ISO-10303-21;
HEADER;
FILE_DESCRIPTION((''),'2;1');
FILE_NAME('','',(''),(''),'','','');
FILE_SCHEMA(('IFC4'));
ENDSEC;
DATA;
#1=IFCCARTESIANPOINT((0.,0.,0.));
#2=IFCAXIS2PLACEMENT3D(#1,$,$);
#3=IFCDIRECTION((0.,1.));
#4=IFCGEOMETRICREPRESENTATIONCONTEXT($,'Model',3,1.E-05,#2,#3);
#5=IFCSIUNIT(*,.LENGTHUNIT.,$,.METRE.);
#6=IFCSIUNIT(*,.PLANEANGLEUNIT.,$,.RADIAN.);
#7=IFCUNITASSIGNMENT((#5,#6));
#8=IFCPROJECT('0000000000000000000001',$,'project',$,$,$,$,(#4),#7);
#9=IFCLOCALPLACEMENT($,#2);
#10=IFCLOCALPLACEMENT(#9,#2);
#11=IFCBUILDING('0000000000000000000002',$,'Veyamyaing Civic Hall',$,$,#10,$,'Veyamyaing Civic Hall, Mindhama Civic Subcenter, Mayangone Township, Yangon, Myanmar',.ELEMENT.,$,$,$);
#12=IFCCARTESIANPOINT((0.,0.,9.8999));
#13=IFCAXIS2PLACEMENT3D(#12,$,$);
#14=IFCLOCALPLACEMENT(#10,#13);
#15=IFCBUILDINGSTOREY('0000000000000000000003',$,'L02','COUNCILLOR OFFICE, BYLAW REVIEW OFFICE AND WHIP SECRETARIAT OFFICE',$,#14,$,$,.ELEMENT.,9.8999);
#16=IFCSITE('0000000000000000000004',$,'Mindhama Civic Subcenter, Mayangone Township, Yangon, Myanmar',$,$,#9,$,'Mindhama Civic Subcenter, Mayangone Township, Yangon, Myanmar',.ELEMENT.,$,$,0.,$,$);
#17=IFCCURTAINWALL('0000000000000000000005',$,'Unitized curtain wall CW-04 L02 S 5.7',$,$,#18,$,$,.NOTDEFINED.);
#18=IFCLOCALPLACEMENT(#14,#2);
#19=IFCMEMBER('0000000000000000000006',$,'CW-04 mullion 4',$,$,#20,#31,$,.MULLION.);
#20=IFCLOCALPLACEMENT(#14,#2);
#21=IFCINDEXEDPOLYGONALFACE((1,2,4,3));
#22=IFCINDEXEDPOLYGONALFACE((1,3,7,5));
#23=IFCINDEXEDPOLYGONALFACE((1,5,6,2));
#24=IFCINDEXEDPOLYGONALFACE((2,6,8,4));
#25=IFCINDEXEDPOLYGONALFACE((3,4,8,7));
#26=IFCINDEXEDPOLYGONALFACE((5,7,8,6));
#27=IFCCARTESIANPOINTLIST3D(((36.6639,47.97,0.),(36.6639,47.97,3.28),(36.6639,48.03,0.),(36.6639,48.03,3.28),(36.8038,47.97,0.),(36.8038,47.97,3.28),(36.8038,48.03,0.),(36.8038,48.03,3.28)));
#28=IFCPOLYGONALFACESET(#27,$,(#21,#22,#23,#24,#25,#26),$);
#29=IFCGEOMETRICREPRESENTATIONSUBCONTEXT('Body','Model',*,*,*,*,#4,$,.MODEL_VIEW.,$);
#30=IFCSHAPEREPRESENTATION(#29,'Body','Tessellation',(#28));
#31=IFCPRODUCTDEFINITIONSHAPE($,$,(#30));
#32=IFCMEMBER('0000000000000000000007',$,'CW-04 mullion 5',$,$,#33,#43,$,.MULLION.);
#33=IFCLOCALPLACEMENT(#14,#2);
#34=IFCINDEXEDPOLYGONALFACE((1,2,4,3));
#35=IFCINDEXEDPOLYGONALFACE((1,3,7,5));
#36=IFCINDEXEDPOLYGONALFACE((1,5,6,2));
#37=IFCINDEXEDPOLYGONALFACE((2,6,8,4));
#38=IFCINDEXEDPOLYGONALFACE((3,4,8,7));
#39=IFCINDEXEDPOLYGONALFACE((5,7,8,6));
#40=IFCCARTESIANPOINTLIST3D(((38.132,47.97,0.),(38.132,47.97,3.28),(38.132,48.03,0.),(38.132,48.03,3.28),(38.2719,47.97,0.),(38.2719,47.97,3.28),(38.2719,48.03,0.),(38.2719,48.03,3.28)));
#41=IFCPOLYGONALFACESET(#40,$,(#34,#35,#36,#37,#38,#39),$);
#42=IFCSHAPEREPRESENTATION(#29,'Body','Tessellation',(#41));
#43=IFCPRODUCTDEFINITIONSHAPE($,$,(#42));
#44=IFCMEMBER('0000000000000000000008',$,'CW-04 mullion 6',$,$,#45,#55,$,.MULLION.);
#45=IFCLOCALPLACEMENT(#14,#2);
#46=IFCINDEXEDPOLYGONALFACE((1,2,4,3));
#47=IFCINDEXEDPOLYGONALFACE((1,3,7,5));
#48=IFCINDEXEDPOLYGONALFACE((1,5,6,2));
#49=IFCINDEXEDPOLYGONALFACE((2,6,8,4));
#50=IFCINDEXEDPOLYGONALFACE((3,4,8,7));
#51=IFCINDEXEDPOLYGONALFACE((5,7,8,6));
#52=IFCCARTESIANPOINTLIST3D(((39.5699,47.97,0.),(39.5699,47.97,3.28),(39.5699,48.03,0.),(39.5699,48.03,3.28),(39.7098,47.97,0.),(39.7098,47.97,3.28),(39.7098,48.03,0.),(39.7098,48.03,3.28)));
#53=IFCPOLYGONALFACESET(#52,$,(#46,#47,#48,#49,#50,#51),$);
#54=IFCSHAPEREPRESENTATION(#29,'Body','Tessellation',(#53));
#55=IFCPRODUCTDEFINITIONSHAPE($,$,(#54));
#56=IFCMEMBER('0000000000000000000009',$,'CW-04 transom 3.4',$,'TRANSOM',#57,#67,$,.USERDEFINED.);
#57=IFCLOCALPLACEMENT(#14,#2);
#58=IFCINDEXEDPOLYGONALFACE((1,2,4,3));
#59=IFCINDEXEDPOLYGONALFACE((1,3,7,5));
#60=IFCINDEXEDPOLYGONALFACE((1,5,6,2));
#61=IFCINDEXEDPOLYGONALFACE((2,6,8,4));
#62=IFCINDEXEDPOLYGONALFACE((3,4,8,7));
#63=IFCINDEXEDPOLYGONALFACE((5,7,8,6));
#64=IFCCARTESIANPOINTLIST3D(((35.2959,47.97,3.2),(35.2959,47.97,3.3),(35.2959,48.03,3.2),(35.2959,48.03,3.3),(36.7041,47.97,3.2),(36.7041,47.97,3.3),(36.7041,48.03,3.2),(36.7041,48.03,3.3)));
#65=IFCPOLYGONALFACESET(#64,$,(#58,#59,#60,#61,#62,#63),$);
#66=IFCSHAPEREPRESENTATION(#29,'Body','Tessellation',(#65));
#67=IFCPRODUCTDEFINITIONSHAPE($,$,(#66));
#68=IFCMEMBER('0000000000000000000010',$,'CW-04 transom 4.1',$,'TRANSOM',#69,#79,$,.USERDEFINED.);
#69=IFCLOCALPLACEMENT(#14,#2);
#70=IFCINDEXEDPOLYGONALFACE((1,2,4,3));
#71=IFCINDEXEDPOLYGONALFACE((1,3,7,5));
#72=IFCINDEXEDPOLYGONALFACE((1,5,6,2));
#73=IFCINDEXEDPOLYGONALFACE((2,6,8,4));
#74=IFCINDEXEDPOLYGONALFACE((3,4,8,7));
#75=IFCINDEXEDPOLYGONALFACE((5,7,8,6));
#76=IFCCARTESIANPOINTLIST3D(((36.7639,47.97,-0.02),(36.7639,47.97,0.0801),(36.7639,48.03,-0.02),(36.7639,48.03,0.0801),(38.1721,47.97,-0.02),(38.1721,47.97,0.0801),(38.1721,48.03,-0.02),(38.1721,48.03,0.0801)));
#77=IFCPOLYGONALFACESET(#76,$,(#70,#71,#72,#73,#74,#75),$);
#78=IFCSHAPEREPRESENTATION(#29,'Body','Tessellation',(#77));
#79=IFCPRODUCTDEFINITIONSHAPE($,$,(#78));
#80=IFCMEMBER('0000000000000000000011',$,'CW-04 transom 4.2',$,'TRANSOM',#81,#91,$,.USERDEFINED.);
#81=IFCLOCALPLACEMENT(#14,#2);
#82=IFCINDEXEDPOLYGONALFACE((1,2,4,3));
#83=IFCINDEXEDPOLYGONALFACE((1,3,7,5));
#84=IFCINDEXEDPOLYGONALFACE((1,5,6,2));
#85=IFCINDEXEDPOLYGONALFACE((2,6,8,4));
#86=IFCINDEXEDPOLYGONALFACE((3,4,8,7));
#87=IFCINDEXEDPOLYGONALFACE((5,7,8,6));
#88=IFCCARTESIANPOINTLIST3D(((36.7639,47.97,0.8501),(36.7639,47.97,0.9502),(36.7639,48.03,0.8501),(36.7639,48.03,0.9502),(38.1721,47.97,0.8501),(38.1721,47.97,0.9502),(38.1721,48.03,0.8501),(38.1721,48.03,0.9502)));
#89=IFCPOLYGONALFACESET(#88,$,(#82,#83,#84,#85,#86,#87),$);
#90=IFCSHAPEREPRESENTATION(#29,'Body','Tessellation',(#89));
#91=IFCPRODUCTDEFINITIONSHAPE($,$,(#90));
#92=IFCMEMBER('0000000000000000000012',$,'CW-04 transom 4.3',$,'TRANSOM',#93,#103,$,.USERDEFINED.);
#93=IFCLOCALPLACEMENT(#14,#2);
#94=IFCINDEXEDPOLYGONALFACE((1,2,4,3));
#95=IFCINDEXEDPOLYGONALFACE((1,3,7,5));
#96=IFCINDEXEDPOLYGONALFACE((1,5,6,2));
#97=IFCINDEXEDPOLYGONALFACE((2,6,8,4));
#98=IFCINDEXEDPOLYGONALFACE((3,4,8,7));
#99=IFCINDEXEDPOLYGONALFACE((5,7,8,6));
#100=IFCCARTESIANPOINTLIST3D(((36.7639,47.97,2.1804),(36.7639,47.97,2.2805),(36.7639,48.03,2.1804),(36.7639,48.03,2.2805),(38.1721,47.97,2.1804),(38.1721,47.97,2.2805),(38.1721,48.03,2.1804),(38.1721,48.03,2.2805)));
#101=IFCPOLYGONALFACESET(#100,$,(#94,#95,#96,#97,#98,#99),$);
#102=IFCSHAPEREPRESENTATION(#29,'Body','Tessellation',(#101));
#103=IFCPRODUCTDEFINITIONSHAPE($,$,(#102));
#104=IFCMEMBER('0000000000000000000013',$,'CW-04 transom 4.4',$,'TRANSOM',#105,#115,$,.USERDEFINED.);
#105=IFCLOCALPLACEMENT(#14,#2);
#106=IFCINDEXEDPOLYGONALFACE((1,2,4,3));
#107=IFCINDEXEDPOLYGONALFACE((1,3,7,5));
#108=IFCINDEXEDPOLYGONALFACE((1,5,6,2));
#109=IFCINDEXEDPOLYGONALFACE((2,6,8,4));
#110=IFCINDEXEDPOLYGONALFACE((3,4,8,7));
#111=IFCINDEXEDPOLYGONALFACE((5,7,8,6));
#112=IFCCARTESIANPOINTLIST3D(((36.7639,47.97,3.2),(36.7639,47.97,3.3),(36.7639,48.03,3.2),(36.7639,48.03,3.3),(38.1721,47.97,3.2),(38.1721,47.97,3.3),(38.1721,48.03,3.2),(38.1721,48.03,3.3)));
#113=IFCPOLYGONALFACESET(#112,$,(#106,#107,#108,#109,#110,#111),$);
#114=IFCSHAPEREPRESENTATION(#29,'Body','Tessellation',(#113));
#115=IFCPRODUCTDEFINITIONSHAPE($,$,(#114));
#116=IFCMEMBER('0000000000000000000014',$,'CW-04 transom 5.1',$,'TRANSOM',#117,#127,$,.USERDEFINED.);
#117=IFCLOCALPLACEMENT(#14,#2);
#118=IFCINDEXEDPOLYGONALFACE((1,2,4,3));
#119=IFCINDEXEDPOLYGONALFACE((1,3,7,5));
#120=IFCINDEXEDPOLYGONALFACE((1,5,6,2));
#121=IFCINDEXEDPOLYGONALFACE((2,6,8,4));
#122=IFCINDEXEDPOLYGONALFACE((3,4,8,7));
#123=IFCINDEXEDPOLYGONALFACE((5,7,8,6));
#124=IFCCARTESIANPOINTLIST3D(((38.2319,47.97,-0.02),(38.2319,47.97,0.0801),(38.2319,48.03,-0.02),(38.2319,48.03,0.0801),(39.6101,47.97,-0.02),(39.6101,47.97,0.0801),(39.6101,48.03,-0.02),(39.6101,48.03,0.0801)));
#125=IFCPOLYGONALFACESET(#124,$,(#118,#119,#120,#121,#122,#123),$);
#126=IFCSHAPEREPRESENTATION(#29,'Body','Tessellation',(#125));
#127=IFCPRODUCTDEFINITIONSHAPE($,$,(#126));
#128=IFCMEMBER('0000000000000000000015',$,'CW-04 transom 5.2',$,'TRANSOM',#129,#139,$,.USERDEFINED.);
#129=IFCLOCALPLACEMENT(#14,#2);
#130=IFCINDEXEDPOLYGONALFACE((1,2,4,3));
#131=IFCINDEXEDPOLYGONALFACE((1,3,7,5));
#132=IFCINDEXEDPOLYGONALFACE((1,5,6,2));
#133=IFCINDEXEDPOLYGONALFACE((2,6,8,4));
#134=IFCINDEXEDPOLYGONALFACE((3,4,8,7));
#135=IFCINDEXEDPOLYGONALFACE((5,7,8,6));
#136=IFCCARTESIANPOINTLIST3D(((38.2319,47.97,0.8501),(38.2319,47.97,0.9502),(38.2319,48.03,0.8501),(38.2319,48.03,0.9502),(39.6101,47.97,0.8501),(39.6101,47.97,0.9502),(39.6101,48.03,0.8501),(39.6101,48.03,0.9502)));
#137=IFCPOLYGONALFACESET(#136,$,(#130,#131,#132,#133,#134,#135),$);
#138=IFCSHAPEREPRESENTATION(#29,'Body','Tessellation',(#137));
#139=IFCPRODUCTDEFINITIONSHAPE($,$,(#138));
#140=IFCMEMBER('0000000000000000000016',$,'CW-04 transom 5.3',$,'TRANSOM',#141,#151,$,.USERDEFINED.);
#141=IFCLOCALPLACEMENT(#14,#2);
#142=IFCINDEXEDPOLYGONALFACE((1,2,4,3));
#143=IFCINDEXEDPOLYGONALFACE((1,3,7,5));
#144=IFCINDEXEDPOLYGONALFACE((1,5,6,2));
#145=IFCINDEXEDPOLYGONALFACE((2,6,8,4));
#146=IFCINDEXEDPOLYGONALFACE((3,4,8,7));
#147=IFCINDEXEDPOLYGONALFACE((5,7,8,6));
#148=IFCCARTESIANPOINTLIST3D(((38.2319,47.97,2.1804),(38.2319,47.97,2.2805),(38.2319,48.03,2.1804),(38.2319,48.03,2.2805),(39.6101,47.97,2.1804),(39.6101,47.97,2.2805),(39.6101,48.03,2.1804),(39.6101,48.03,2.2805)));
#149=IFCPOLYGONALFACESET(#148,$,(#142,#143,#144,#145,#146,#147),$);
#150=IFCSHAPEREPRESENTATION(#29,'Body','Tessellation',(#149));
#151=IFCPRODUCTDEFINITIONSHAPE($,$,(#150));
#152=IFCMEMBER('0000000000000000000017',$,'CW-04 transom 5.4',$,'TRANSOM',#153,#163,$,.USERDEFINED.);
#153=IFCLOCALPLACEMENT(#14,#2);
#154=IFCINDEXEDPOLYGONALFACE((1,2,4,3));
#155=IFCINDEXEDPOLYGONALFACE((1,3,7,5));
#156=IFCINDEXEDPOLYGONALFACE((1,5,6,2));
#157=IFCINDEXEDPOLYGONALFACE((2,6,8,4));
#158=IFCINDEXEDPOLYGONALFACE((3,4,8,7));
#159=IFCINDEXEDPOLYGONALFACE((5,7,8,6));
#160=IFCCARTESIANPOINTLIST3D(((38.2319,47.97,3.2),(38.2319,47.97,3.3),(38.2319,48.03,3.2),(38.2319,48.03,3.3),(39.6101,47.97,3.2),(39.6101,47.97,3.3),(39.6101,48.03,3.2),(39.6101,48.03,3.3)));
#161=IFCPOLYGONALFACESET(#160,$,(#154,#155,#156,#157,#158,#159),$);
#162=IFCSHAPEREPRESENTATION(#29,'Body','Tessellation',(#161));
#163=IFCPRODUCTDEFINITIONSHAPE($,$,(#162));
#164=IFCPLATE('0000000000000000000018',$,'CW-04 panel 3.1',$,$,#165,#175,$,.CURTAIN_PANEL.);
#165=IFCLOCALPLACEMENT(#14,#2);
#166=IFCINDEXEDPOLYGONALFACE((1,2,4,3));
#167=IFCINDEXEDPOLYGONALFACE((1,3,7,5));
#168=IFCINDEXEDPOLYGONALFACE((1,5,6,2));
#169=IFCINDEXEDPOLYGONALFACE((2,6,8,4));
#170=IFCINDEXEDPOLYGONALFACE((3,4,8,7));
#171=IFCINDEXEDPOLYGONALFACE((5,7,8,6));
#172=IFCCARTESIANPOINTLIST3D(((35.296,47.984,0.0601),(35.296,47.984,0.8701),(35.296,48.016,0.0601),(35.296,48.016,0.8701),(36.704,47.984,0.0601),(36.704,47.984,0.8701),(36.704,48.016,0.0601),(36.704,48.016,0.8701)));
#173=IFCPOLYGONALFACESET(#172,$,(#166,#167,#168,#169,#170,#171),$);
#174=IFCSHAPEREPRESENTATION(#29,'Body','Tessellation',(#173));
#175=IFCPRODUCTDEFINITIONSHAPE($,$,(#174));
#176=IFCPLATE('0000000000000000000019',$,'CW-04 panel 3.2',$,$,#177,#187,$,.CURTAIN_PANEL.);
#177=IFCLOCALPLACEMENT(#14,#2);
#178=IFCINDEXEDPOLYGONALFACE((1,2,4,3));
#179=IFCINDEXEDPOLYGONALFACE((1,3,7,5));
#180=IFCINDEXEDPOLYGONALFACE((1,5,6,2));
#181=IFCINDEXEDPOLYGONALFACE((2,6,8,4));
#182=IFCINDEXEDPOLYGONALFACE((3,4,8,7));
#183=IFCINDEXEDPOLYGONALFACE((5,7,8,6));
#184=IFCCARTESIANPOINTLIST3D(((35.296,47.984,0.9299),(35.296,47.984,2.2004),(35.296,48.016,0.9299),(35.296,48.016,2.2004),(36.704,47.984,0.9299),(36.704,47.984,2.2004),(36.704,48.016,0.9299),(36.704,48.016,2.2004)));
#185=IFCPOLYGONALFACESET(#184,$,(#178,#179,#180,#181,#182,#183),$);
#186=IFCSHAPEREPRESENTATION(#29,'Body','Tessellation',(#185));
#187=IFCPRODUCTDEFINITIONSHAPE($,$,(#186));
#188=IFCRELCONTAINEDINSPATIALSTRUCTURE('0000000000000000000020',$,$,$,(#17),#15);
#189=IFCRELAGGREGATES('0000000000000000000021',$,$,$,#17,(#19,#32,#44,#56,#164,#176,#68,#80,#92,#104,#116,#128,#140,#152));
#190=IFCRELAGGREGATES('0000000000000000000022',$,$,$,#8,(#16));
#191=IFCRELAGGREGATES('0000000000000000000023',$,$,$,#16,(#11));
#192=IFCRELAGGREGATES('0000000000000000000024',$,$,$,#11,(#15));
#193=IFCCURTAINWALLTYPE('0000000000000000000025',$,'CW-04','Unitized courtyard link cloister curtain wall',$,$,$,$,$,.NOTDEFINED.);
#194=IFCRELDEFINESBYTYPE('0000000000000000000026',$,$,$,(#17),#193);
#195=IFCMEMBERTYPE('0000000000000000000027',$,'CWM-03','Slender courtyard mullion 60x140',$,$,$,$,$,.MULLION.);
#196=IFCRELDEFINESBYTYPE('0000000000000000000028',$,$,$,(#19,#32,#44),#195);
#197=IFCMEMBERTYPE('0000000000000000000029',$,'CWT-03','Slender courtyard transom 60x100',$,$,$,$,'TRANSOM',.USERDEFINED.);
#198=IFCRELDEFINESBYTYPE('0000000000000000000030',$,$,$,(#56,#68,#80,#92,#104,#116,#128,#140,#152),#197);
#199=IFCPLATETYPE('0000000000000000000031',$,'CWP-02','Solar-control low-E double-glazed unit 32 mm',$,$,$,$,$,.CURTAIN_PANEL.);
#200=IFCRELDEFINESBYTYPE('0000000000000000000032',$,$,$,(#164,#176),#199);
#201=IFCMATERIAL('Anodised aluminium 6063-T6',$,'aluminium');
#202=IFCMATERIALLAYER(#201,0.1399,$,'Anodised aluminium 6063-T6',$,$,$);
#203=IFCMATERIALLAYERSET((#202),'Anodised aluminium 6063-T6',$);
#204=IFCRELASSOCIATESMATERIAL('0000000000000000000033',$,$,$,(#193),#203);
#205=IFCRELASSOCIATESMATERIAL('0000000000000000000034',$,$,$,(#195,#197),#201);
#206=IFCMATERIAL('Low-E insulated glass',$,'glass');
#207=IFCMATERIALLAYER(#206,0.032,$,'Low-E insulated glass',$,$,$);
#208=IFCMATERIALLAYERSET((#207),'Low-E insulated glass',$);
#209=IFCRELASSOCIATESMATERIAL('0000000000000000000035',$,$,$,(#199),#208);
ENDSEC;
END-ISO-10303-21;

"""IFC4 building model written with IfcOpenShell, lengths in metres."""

from ifc_helpers import new_model, si_unit, direction, frame, origin, origin_2d, place, context, subcontext, project, spatial, rectangle, extrude, material, layer, layer_set, material_profile, profile_set, type_object, element, aggregate, save


model = new_model("IFC4")

# Units and contexts
model_context = context("Model", 3, precision=1e-05, world=origin(), true_north=direction((0.0, 1.0)))
body_context = subcontext(model_context, "Body", "Model", "MODEL_VIEW")
ifc_project = project(units=[si_unit("LENGTHUNIT", "METRE"), si_unit("PLANEANGLEUNIT", "RADIAN")], contexts=[model_context])

# Site, building, storey
site_placement = place(None, origin())
site = spatial("IfcSite", under=ifc_project, at=site_placement, Name="Mindhama Civic Subcenter, Mayangone Township, Yangon, Myanmar", LongName="Mindhama Civic Subcenter, Mayangone Township, Yangon, Myanmar", CompositionType="ELEMENT", RefElevation=0.0)
building_placement = place(site_placement, origin())
building = spatial("IfcBuilding", under=site, at=building_placement, Name="Veyamyaing Civic Hall", LongName="Veyamyaing Civic Hall, Mindhama Civic Subcenter, Mayangone Township, Yangon, Myanmar", CompositionType="ELEMENT")
storey_placement = place(building_placement, frame((0.0, 0.0, 9.8999)))
storey = spatial("IfcBuildingStorey", under=building, at=storey_placement, Name="L02", Description="COUNCILLOR OFFICE, BYLAW REVIEW OFFICE AND WHIP SECRETARIAT OFFICE", CompositionType="ELEMENT", Elevation=9.8999)

# Curtain wall, members, plates
ifc_material_1 = material(Name="Anodised aluminium 6063-T6", Category="aluminium")
ifc_layer_1 = layer(ifc_material_1, 0.1399, Name="Anodised aluminium 6063-T6")
ifc_layer_set_1 = layer_set([ifc_layer_1], Name="Anodised aluminium 6063-T6")
curtain_wall_type = type_object("IfcCurtainWallType", Name="CW-04", Description="Unitized courtyard link cloister curtain wall", PredefinedType="NOTDEFINED", material=ifc_layer_set_1)
curtain_wall_placement = place(storey_placement, origin())
curtain_wall = element("IfcCurtainWall", 1, at=curtain_wall_placement, inside=storey, type_object=curtain_wall_type, Name="Unitized curtain wall CW-04 L02 S 5.7", PredefinedType="NOTDEFINED")
ifc_material_profile_1 = material_profile(ifc_material_1, rectangle(XDim=0.0601, YDim=0.1399, at=origin_2d()), Name="ALU-MUL-60X140")
ifc_profile_set_1 = profile_set([ifc_material_profile_1], Name="Anodised aluminium 6063-T6")
member_type_1 = type_object("IfcMemberType", Name="CWM-03", Description="Slender courtyard mullion 60x140", PredefinedType="MULLION", material=ifc_profile_set_1)
member_1_placement = place(storey_placement, frame((36.7339, 48.0, 0.0), z_axis=(0.0, 0.0, 1.0), x_axis=(0.0, 1.0, 0.0)))
member_1 = element("IfcMember", 2, at=member_1_placement, type_object=member_type_1, Name="CW-04 mullion 4", PredefinedType="MULLION", context=body_context, shape_type="SweptSolid", body=[
    extrude(rectangle(XDim=0.0601, YDim=0.1399, at=origin_2d()), origin(), (0.0, 0.0, 1.0), 3.28),
])
member_2_placement = place(storey_placement, frame((38.2019, 48.0, 0.0), z_axis=(0.0, 0.0, 1.0), x_axis=(0.0, 1.0, 0.0)))
member_2 = element("IfcMember", 3, at=member_2_placement, type_object=member_type_1, Name="CW-04 mullion 5", PredefinedType="MULLION", context=body_context, shape_type="SweptSolid", body=[
    extrude(rectangle(XDim=0.0601, YDim=0.1399, at=origin_2d()), origin(), (0.0, 0.0, 1.0), 3.28),
])
member_3_placement = place(storey_placement, frame((39.6399, 48.0, 0.0), z_axis=(0.0, 0.0, 1.0), x_axis=(0.0, 1.0, 0.0)))
member_3 = element("IfcMember", 4, at=member_3_placement, type_object=member_type_1, Name="CW-04 mullion 6", PredefinedType="MULLION", context=body_context, shape_type="SweptSolid", body=[
    extrude(rectangle(XDim=0.0601, YDim=0.1399, at=origin_2d()), origin(), (0.0, 0.0, 1.0), 3.28),
])
ifc_material_profile_2 = material_profile(ifc_material_1, rectangle(XDim=0.0601, YDim=0.1001, at=origin_2d()), Name="ALU-TRN-60X100")
ifc_profile_set_2 = profile_set([ifc_material_profile_2], Name="Anodised aluminium 6063-T6")
member_type_2 = type_object("IfcMemberType", Name="CWT-03", Description="Slender courtyard transom 60x100", ElementType="TRANSOM", PredefinedType="USERDEFINED", material=ifc_profile_set_2)
member_4_placement = place(storey_placement, frame((35.2959, 48.0, 3.25), z_axis=(1.0, 0.0, 0.0), x_axis=(0.0, 1.0, 0.0)))
member_4 = element("IfcMember", 5, at=member_4_placement, type_object=member_type_2, Name="CW-04 transom 3.4", ObjectType="TRANSOM", PredefinedType="USERDEFINED", context=body_context, shape_type="SweptSolid", body=[
    extrude(rectangle(XDim=0.0601, YDim=0.1001, at=origin_2d()), origin(), (0.0, 0.0, 1.0), 1.4082),
])
member_5_placement = place(storey_placement, frame((36.7639, 48.0, 0.03), z_axis=(1.0, 0.0, 0.0), x_axis=(0.0, 1.0, 0.0)))
member_5 = element("IfcMember", 6, at=member_5_placement, type_object=member_type_2, Name="CW-04 transom 4.1", ObjectType="TRANSOM", PredefinedType="USERDEFINED", context=body_context, shape_type="SweptSolid", body=[
    extrude(rectangle(XDim=0.0601, YDim=0.1001, at=origin_2d()), origin(), (0.0, 0.0, 1.0), 1.4082),
])
member_6_placement = place(storey_placement, frame((36.7639, 48.0, 0.9001), z_axis=(1.0, 0.0, 0.0), x_axis=(0.0, 1.0, 0.0)))
member_6 = element("IfcMember", 7, at=member_6_placement, type_object=member_type_2, Name="CW-04 transom 4.2", ObjectType="TRANSOM", PredefinedType="USERDEFINED", context=body_context, shape_type="SweptSolid", body=[
    extrude(rectangle(XDim=0.0601, YDim=0.1001, at=origin_2d()), origin(), (0.0, 0.0, 1.0), 1.4082),
])
member_7_placement = place(storey_placement, frame((36.7639, 48.0, 2.2305), z_axis=(1.0, 0.0, 0.0), x_axis=(0.0, 1.0, 0.0)))
member_7 = element("IfcMember", 8, at=member_7_placement, type_object=member_type_2, Name="CW-04 transom 4.3", ObjectType="TRANSOM", PredefinedType="USERDEFINED", context=body_context, shape_type="SweptSolid", body=[
    extrude(rectangle(XDim=0.0601, YDim=0.1001, at=origin_2d()), origin(), (0.0, 0.0, 1.0), 1.4082),
])
member_8_placement = place(storey_placement, frame((36.7639, 48.0, 3.25), z_axis=(1.0, 0.0, 0.0), x_axis=(0.0, 1.0, 0.0)))
member_8 = element("IfcMember", 9, at=member_8_placement, type_object=member_type_2, Name="CW-04 transom 4.4", ObjectType="TRANSOM", PredefinedType="USERDEFINED", context=body_context, shape_type="SweptSolid", body=[
    extrude(rectangle(XDim=0.0601, YDim=0.1001, at=origin_2d()), origin(), (0.0, 0.0, 1.0), 1.4082),
])
member_9_placement = place(storey_placement, frame((38.2319, 48.0, 0.03), z_axis=(1.0, 0.0, 0.0), x_axis=(0.0, 1.0, 0.0)))
member_9 = element("IfcMember", 10, at=member_9_placement, type_object=member_type_2, Name="CW-04 transom 5.1", ObjectType="TRANSOM", PredefinedType="USERDEFINED", context=body_context, shape_type="SweptSolid", body=[
    extrude(rectangle(XDim=0.0601, YDim=0.1001, at=origin_2d()), origin(), (0.0, 0.0, 1.0), 1.3782),
])
member_10_placement = place(storey_placement, frame((38.2319, 48.0, 0.9001), z_axis=(1.0, 0.0, 0.0), x_axis=(0.0, 1.0, 0.0)))
member_10 = element("IfcMember", 11, at=member_10_placement, type_object=member_type_2, Name="CW-04 transom 5.2", ObjectType="TRANSOM", PredefinedType="USERDEFINED", context=body_context, shape_type="SweptSolid", body=[
    extrude(rectangle(XDim=0.0601, YDim=0.1001, at=origin_2d()), origin(), (0.0, 0.0, 1.0), 1.3782),
])
member_11_placement = place(storey_placement, frame((38.2319, 48.0, 2.2305), z_axis=(1.0, 0.0, 0.0), x_axis=(0.0, 1.0, 0.0)))
member_11 = element("IfcMember", 12, at=member_11_placement, type_object=member_type_2, Name="CW-04 transom 5.3", ObjectType="TRANSOM", PredefinedType="USERDEFINED", context=body_context, shape_type="SweptSolid", body=[
    extrude(rectangle(XDim=0.0601, YDim=0.1001, at=origin_2d()), origin(), (0.0, 0.0, 1.0), 1.3782),
])
member_12_placement = place(storey_placement, frame((38.2319, 48.0, 3.25), z_axis=(1.0, 0.0, 0.0), x_axis=(0.0, 1.0, 0.0)))
member_12 = element("IfcMember", 13, at=member_12_placement, type_object=member_type_2, Name="CW-04 transom 5.4", ObjectType="TRANSOM", PredefinedType="USERDEFINED", context=body_context, shape_type="SweptSolid", body=[
    extrude(rectangle(XDim=0.0601, YDim=0.1001, at=origin_2d()), origin(), (0.0, 0.0, 1.0), 1.3782),
])
ifc_material_2 = material(Name="Low-E insulated glass", Category="glass")
ifc_layer_2 = layer(ifc_material_2, 0.032, Name="Low-E insulated glass")
ifc_layer_set_2 = layer_set([ifc_layer_2], Name="Low-E insulated glass")
plate_type = type_object("IfcPlateType", Name="CWP-02", Description="Solar-control low-E double-glazed unit 32 mm", PredefinedType="CURTAIN_PANEL", material=ifc_layer_set_2)
plate_1_placement = place(storey_placement, frame((36.0, 48.0, 0.0601), z_axis=(0.0, 0.0, 1.0), x_axis=(1.0, 0.0, 0.0)))
plate_1 = element("IfcPlate", 14, at=plate_1_placement, type_object=plate_type, Name="CW-04 panel 3.1", PredefinedType="CURTAIN_PANEL", context=body_context, shape_type="SweptSolid", body=[
    extrude(rectangle(XDim=1.408, YDim=0.032, at=origin_2d()), origin(), (0.0, 0.0, 1.0), 0.8101),
])
plate_2_placement = place(storey_placement, frame((36.0, 48.0, 0.9299), z_axis=(0.0, 0.0, 1.0), x_axis=(1.0, 0.0, 0.0)))
plate_2 = element("IfcPlate", 15, at=plate_2_placement, type_object=plate_type, Name="CW-04 panel 3.2", PredefinedType="CURTAIN_PANEL", context=body_context, shape_type="SweptSolid", body=[
    extrude(rectangle(XDim=1.408, YDim=0.032, at=origin_2d()), origin(), (0.0, 0.0, 1.0), 1.2705),
])
aggregate(curtain_wall, [member_1, member_2, member_3, member_4, plate_1, plate_2, member_5, member_6, member_7, member_8, member_9, member_10, member_11, member_12])

save(model, "model.ifc")
